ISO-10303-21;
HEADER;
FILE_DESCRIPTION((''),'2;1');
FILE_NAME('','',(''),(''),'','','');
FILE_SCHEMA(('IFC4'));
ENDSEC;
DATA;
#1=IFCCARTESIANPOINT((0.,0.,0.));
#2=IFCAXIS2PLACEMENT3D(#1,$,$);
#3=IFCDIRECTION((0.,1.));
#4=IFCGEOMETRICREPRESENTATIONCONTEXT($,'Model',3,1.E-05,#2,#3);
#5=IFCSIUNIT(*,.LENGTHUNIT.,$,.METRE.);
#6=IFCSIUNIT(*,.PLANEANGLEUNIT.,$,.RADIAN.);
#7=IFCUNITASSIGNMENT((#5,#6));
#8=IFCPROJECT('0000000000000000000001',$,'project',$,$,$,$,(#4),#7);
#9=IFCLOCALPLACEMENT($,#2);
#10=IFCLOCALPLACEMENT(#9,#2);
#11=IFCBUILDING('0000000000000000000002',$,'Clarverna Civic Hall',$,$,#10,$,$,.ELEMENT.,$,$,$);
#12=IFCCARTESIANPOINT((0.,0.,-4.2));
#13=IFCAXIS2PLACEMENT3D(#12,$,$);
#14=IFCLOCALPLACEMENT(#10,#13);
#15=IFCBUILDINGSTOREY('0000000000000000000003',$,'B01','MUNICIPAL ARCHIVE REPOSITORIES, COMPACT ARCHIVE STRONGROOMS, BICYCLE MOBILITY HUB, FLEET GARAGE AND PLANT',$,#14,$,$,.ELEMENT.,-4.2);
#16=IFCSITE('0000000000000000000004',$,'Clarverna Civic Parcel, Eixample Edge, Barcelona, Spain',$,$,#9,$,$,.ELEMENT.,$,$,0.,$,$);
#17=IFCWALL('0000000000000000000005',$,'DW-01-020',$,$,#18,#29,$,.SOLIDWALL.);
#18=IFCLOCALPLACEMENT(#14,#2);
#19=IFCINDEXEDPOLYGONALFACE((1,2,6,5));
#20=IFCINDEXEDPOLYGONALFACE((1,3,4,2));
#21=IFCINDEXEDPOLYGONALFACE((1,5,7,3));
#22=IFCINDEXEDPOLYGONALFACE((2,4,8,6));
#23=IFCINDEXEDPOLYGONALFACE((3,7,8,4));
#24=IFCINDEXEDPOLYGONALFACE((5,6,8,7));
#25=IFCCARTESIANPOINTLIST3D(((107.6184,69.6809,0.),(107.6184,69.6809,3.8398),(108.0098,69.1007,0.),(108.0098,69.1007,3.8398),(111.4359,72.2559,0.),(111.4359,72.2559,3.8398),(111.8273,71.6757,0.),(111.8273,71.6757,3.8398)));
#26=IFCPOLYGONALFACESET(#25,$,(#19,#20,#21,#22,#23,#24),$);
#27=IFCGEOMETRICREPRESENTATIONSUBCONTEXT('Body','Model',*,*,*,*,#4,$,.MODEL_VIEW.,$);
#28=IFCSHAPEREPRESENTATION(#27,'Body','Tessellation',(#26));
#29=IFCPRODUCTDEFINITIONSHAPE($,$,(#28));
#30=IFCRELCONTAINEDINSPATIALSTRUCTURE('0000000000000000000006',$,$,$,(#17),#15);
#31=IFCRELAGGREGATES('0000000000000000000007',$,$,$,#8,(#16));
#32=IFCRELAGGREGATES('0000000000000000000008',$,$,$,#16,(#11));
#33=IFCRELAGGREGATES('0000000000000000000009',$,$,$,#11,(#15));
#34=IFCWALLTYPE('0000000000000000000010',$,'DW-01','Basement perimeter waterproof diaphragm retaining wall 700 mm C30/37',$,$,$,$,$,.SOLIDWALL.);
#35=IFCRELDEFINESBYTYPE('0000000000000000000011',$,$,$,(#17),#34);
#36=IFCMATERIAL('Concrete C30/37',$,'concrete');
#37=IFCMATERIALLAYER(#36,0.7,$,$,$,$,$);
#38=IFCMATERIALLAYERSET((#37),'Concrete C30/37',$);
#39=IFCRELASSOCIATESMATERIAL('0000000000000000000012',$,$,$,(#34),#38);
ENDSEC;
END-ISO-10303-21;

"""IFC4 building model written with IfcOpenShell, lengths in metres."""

from ifc_helpers import new_model, si_unit, direction, frame, frame_2d, origin, place, context, subcontext, project, spatial, rectangle, extrude, material, layer, layer_set, type_object, element, save


model = new_model("IFC4")

# Units and contexts
model_context = context("Model", 3, precision=1e-05, world=origin(), true_north=direction((0.0, 1.0)))
body_context = subcontext(model_context, "Body", "Model", "MODEL_VIEW")
ifc_project = project(units=[si_unit("LENGTHUNIT", "METRE"), si_unit("PLANEANGLEUNIT", "RADIAN")], contexts=[model_context])

# Site, building, storey
site_placement = place(None, origin())
site = spatial("IfcSite", under=ifc_project, at=site_placement, Name="Clarverna Civic Parcel, Eixample Edge, Barcelona, Spain", CompositionType="ELEMENT", RefElevation=0.0)
building_placement = place(site_placement, origin())
building = spatial("IfcBuilding", under=site, at=building_placement, Name="Clarverna Civic Hall", CompositionType="ELEMENT")
storey_placement = place(building_placement, frame((0.0, 0.0, -4.2)))
storey = spatial("IfcBuildingStorey", under=building, at=storey_placement, Name="B01", Description="MUNICIPAL ARCHIVE REPOSITORIES, COMPACT ARCHIVE STRONGROOMS, BICYCLE MOBILITY HUB, FLEET GARAGE AND PLANT", CompositionType="ELEMENT", Elevation=-4.2)

# Shared definitions
ifc_material_1 = material(Name="Concrete C30/37", Category="concrete")

# Wall
ifc_layer = layer(ifc_material_1, 0.7)
ifc_layer_set = layer_set([ifc_layer], Name="Concrete C30/37")
wall_type = type_object("IfcWallType", Name="DW-01", Description="Basement perimeter waterproof diaphragm retaining wall 700 mm C30/37", PredefinedType="SOLIDWALL", material=ifc_layer_set)
wall_placement = place(storey_placement, frame((107.8142, 69.3909, 0.0), z_axis=(0.0, 0.0, 1.0), x_axis=(0.829028, 0.559207, 0.0)))
element("IfcWall", 1, at=wall_placement, inside=storey, type_object=wall_type, Name="DW-01-020", PredefinedType="SOLIDWALL", context=body_context, shape_type="SweptSolid", body=[
    extrude(rectangle(XDim=4.6047, YDim=0.7, at=frame_2d((2.3022, 0.0))), origin(), (0.0, 0.0, 1.0), 3.8398),
])

save(model, "model.ifc")
